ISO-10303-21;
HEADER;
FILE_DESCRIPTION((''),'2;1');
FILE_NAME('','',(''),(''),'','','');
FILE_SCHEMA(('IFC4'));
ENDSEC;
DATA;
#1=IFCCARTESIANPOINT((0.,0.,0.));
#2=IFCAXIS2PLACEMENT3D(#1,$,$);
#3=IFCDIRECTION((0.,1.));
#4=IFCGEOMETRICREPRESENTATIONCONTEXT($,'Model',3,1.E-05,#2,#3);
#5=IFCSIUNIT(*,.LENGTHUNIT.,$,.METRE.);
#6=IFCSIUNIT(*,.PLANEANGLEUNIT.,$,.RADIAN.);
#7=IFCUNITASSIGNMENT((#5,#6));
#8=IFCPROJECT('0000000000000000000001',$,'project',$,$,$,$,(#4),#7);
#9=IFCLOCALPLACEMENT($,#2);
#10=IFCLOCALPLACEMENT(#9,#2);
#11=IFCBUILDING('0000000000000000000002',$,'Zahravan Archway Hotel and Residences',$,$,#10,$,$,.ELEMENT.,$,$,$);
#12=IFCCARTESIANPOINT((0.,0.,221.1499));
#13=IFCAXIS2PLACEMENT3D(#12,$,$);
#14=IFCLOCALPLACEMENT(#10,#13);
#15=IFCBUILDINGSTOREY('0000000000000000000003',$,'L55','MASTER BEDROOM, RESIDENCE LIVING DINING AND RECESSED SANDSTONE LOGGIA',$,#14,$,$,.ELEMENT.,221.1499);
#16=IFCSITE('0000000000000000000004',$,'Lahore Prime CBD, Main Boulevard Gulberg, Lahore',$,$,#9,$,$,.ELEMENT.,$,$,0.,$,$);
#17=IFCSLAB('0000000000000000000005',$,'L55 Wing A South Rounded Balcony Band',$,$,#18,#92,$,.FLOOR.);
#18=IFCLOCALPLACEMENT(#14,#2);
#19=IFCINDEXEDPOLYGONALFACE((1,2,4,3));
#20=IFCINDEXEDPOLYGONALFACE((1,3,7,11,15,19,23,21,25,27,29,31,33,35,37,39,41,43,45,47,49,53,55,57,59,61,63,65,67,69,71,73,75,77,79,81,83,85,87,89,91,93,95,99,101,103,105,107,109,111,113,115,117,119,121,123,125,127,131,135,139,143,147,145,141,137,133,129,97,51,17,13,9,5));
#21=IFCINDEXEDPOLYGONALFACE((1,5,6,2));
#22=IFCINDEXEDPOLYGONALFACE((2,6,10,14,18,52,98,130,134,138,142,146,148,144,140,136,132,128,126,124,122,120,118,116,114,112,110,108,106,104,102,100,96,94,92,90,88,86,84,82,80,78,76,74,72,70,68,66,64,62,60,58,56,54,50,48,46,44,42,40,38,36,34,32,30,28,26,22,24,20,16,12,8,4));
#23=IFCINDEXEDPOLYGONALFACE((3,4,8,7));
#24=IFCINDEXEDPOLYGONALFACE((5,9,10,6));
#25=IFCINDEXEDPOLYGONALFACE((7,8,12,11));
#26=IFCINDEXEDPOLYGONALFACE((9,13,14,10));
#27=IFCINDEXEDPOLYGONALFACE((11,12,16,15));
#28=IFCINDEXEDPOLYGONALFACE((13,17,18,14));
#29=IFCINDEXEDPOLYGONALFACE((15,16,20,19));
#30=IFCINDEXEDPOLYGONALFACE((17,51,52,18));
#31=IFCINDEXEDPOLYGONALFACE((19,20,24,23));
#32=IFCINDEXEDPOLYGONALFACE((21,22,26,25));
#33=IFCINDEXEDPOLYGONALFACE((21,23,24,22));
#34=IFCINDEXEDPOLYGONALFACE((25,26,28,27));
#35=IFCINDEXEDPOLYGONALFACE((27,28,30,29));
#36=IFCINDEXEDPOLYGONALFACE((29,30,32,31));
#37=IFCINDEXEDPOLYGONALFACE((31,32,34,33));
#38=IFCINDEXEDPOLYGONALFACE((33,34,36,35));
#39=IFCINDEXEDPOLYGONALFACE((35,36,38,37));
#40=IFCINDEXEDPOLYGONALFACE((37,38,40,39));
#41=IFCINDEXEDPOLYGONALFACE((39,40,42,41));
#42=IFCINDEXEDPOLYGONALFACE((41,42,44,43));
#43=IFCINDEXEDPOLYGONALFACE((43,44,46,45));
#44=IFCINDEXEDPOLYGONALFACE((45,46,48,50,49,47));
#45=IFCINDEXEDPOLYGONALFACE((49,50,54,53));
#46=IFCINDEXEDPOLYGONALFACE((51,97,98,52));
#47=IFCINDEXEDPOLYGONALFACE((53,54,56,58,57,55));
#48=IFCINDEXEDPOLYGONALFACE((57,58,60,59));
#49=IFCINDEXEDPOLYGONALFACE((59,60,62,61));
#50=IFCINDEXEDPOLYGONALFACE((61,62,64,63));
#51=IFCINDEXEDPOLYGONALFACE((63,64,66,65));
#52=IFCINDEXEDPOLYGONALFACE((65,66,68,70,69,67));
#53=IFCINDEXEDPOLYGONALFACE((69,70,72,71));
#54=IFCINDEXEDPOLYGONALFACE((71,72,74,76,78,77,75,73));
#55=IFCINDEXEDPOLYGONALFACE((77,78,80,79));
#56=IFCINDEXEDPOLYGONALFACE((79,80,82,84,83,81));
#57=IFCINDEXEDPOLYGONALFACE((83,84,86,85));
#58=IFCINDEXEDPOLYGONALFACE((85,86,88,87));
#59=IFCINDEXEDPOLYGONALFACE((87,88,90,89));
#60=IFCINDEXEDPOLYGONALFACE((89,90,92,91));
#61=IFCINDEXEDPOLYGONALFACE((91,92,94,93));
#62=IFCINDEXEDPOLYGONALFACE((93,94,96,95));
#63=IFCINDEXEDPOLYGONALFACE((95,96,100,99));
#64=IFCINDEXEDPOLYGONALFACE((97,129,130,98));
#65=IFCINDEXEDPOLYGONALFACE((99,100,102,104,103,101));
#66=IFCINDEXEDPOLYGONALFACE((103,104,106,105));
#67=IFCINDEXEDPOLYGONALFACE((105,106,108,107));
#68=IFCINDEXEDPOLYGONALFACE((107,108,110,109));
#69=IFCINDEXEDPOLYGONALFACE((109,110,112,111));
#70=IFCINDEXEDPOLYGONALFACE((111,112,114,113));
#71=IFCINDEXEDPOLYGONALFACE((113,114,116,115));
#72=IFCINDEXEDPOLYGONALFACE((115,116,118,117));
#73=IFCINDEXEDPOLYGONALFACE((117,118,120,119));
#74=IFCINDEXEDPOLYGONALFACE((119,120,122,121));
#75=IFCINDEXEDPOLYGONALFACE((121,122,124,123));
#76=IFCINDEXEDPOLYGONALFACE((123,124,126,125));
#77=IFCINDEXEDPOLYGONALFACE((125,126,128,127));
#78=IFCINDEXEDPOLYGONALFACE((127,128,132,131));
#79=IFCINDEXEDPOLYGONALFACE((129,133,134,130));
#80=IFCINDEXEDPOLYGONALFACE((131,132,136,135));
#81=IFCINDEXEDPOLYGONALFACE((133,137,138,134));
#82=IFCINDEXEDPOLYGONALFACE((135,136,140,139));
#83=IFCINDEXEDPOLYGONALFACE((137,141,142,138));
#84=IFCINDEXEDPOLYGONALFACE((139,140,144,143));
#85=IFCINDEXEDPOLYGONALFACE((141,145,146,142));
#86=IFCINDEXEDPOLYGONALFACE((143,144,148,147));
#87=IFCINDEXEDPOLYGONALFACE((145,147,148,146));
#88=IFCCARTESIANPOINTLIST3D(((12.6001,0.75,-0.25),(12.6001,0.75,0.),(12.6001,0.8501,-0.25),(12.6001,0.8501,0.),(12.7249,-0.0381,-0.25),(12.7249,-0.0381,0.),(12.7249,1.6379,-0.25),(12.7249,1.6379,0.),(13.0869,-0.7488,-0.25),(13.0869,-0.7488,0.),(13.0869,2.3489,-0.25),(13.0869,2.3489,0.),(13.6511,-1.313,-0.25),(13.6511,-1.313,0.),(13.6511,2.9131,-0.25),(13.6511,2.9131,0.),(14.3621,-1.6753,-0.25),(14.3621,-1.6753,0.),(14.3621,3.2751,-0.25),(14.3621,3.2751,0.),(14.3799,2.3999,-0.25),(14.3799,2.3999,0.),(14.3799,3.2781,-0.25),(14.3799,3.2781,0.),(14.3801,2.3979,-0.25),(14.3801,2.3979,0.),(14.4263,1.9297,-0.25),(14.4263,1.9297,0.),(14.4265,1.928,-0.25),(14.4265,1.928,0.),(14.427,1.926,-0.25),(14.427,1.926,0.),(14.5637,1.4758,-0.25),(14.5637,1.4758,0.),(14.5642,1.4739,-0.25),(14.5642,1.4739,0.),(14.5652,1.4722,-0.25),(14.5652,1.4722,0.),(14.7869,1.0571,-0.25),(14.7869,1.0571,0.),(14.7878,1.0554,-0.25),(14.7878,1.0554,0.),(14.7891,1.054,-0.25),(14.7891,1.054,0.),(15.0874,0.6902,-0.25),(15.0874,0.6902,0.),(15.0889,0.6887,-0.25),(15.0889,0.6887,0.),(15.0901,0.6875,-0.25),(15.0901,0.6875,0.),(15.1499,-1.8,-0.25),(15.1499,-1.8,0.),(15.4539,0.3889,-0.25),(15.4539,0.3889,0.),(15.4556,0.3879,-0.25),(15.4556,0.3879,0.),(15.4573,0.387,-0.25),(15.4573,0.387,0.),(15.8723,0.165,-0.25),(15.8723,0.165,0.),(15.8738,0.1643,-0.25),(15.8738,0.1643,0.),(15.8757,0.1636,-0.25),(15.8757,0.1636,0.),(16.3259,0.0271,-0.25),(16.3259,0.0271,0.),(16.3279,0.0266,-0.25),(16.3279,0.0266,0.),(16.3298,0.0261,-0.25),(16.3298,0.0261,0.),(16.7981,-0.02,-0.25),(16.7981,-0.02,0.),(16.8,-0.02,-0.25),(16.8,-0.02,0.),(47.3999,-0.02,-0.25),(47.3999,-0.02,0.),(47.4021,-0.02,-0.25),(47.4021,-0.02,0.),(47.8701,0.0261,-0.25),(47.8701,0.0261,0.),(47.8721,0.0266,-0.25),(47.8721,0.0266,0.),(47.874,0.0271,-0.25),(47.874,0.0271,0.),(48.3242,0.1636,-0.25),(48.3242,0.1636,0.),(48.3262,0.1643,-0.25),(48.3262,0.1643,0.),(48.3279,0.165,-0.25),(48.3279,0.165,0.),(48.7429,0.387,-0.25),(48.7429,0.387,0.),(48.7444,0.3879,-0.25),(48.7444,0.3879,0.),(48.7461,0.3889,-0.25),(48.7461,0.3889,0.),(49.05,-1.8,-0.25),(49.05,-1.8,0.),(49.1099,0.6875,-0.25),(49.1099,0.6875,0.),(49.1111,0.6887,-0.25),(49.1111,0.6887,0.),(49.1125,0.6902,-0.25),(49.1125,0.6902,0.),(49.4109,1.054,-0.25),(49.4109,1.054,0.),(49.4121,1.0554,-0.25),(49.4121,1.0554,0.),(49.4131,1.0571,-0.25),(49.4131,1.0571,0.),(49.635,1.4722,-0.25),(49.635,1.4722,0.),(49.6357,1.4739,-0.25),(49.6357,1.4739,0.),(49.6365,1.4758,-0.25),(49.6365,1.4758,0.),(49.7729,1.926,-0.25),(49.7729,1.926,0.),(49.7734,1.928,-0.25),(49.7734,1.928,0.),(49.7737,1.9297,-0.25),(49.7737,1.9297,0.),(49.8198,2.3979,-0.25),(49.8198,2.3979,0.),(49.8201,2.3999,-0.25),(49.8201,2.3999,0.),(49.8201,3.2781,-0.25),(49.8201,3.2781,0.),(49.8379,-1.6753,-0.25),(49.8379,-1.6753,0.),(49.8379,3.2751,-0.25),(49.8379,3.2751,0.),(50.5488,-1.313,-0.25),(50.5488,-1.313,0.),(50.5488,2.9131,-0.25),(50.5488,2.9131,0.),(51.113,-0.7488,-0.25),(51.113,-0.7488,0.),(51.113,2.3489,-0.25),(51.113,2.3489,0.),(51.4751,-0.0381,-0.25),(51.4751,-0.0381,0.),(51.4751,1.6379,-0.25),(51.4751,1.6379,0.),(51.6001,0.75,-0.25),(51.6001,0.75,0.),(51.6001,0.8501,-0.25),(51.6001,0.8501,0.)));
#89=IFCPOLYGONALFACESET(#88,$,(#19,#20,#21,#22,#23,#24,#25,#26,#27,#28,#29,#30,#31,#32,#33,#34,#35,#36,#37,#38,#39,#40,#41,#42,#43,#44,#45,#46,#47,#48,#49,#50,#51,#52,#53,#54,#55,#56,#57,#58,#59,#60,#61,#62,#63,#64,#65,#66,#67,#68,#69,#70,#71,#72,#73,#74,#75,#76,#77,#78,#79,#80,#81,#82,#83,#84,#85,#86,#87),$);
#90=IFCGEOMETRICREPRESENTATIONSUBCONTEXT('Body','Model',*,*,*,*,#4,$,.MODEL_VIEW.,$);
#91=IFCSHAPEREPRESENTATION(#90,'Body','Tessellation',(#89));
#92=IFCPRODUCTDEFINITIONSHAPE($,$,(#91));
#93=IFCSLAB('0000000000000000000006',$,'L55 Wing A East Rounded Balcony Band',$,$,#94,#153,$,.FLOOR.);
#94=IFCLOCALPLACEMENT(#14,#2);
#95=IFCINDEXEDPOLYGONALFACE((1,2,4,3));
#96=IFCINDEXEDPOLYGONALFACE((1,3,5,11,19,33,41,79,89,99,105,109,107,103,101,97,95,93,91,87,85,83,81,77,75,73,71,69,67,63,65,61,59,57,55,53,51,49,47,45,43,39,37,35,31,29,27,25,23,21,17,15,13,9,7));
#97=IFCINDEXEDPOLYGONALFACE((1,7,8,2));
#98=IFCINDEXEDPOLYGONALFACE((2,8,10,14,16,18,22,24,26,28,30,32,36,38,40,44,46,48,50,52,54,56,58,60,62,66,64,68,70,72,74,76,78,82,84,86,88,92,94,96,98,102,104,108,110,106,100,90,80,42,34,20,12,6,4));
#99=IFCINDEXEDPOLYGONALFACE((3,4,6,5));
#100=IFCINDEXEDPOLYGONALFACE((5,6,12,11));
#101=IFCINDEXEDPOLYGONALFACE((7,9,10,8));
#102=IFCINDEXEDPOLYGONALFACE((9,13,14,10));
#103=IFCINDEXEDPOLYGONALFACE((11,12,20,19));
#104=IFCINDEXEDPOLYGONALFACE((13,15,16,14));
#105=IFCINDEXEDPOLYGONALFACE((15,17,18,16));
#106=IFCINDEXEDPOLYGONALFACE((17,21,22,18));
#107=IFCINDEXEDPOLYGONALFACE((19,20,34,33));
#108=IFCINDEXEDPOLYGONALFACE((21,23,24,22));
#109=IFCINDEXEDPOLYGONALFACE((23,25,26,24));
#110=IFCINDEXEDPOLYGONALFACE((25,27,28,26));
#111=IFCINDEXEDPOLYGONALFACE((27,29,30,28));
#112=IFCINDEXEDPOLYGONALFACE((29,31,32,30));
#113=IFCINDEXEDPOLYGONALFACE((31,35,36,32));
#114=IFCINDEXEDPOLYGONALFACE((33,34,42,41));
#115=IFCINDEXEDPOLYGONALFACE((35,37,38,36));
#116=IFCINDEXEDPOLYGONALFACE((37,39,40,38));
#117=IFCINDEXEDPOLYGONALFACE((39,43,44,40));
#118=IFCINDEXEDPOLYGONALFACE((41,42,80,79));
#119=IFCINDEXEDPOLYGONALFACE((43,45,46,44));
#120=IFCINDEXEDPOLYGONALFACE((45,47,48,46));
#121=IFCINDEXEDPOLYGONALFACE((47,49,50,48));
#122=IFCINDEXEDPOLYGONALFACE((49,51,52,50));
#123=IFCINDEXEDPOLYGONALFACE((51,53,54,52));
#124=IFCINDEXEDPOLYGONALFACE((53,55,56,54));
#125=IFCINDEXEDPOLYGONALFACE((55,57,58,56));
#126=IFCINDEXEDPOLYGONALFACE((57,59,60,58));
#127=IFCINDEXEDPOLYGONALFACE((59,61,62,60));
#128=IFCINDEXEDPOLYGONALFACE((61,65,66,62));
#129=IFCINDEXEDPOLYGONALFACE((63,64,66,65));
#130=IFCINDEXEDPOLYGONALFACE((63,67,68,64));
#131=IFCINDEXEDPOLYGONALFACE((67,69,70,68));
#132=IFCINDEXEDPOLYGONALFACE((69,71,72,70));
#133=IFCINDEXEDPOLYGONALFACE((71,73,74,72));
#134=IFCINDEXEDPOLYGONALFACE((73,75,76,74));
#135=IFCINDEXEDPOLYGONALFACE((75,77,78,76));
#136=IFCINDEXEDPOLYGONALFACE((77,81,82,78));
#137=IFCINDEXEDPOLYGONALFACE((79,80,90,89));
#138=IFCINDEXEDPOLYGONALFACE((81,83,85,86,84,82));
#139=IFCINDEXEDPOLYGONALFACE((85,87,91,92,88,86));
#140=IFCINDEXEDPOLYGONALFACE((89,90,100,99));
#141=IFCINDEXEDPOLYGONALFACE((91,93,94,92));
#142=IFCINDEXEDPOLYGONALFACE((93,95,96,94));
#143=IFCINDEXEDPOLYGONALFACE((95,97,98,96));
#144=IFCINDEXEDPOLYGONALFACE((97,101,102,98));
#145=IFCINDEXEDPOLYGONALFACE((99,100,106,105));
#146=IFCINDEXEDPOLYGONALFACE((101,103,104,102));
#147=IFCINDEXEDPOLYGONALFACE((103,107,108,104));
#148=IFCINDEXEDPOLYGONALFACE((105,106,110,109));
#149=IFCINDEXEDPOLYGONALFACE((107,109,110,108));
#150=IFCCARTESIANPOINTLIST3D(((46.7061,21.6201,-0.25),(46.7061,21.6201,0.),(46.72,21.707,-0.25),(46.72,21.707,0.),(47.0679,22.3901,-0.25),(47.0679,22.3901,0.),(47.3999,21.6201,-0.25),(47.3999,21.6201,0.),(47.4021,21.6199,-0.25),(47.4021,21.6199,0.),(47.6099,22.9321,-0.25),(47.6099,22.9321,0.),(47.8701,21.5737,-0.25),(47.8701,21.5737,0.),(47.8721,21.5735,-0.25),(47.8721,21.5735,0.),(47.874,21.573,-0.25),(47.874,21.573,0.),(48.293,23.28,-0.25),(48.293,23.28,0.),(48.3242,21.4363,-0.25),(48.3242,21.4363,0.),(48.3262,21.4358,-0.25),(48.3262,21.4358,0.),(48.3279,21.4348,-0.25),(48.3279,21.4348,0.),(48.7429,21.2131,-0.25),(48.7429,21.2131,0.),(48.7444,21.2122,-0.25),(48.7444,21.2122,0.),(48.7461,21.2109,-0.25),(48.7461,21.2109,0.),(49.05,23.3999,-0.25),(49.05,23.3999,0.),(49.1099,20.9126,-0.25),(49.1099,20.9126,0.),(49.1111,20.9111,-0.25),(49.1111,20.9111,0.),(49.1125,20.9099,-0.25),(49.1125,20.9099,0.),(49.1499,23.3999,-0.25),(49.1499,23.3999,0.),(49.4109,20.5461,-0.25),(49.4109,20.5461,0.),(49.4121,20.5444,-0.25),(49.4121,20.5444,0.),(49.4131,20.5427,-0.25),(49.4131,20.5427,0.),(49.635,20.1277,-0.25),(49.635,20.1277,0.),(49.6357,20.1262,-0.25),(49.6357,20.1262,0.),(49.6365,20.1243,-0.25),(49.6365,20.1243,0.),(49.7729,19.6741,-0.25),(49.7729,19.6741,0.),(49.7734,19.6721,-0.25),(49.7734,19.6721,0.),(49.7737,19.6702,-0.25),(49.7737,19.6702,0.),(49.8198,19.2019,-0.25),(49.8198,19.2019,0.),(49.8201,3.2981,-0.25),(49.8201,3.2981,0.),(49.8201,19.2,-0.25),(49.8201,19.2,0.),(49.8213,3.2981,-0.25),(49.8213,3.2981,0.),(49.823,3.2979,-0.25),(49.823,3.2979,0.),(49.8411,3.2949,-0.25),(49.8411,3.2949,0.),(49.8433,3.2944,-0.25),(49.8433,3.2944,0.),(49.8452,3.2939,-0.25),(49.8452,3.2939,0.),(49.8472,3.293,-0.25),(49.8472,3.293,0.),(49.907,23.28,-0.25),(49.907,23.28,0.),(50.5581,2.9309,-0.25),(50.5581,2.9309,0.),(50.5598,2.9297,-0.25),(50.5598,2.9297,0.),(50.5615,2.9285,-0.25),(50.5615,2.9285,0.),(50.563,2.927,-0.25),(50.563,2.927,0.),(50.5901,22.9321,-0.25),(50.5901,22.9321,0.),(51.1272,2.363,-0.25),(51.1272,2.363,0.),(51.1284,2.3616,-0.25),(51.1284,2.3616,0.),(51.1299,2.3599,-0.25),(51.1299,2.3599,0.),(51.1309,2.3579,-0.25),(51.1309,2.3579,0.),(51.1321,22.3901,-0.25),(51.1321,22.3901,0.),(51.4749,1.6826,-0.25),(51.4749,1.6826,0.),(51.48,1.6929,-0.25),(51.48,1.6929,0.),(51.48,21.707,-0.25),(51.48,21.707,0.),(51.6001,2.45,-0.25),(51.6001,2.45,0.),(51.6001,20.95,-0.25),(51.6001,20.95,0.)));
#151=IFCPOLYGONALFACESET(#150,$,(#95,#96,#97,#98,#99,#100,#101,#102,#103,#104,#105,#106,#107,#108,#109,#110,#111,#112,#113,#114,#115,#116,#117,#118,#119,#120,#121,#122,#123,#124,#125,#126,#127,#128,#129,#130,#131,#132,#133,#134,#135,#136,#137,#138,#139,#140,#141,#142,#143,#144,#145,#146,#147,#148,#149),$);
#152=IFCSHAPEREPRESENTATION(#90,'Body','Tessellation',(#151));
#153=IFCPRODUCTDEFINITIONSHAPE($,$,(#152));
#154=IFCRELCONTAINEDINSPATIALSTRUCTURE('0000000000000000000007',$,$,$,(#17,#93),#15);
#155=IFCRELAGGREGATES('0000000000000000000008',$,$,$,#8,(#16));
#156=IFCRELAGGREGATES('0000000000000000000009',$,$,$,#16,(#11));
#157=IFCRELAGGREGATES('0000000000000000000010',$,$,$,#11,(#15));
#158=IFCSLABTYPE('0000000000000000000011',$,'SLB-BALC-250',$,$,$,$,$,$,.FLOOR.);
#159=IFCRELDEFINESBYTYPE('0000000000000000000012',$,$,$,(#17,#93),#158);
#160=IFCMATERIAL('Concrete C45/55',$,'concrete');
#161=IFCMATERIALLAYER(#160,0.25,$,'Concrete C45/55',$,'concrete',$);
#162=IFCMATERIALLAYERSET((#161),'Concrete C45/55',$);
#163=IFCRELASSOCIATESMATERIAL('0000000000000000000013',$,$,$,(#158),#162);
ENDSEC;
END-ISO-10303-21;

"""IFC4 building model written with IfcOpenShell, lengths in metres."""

from ifc_helpers import new_model, si_unit, direction, frame, origin, place, context, subcontext, project, spatial, polyline, outline, extrude, material, layer, layer_set, type_object, element, save


model = new_model("IFC4")

# Units and contexts
model_context = context("Model", 3, precision=1e-05, world=origin(), true_north=direction((0.0, 1.0)))
body_context = subcontext(model_context, "Body", "Model", "MODEL_VIEW")
ifc_project = project(units=[si_unit("LENGTHUNIT", "METRE"), si_unit("PLANEANGLEUNIT", "RADIAN")], contexts=[model_context])

# Site, building, storey
site_placement = place(None, origin())
site = spatial("IfcSite", under=ifc_project, at=site_placement, Name="Lahore Prime CBD, Main Boulevard Gulberg, Lahore", CompositionType="ELEMENT", RefElevation=0.0)
building_placement = place(site_placement, origin())
building = spatial("IfcBuilding", under=site, at=building_placement, Name="Zahravan Archway Hotel and Residences", CompositionType="ELEMENT")
storey_placement = place(building_placement, frame((0.0, 0.0, 221.1499)))
storey = spatial("IfcBuildingStorey", under=building, at=storey_placement, Name="L55", Description="MASTER BEDROOM, RESIDENCE LIVING DINING AND RECESSED SANDSTONE LOGGIA", CompositionType="ELEMENT", Elevation=221.1499)

# Slabs
ifc_material_1 = material(Name="Concrete C45/55", Category="concrete")
ifc_layer_1 = layer(ifc_material_1, 0.25, Name="Concrete C45/55", Category="concrete")
ifc_layer_set_1 = layer_set([ifc_layer_1], Name="Concrete C45/55")
slab_type_1 = type_object("IfcSlabType", Name="SLB-BALC-250", PredefinedType="FLOOR", material=ifc_layer_set_1)
slab_1_placement = place(storey_placement, frame((0.0, 0.0, -0.25)))
element("IfcSlab", 1, at=slab_1_placement, inside=storey, type_object=slab_type_1, Name="L55 Wing A South Rounded Balcony Band", PredefinedType="FLOOR", context=body_context, shape_type="SweptSolid", body=[
    extrude(outline(polyline([(49.8379, 3.2751), (50.5488, 2.9131), (51.113, 2.3489), (51.4751, 1.6379), (51.6001, 0.8501), (51.6001, 0.75), (51.4751, -0.0381), (51.113, -0.7488), (50.5488, -1.313), (49.8379, -1.6753), (49.05, -1.8), (15.1499, -1.8), (14.3621, -1.6753), (13.6511, -1.313), (13.0869, -0.7488), (12.7249, -0.0381), (12.6001, 0.75), (12.6001, 0.8501), (12.7249, 1.6379), (13.0869, 2.3489), (13.6511, 2.9131), (14.3621, 3.2751), (14.3799, 3.2781), (14.3799, 2.3999), (14.3801, 2.3979), (14.4263, 1.9297), (14.4265, 1.928), (14.427, 1.926), (14.5637, 1.4758), (14.5642, 1.4739), (14.5652, 1.4722), (14.7869, 1.0571), (14.7878, 1.0554), (14.7891, 1.054), (15.0874, 0.6902), (15.0889, 0.6887), (15.0901, 0.6875), (15.4539, 0.3889), (15.4556, 0.3879), (15.4573, 0.387), (15.8723, 0.165), (15.8738, 0.1643), (15.8757, 0.1636), (16.3259, 0.0271), (16.3279, 0.0266), (16.3298, 0.0261), (16.7981, -0.02), (16.8, -0.02), (47.3999, -0.02), (47.4021, -0.02), (47.8701, 0.0261), (47.8721, 0.0266), (47.874, 0.0271), (48.3242, 0.1636), (48.3262, 0.1643), (48.3279, 0.165), (48.7429, 0.387), (48.7444, 0.3879), (48.7461, 0.3889), (49.1099, 0.6875), (49.1111, 0.6887), (49.1125, 0.6902), (49.4109, 1.054), (49.4121, 1.0554), (49.4131, 1.0571), (49.635, 1.4722), (49.6357, 1.4739), (49.6365, 1.4758), (49.7729, 1.926), (49.7734, 1.928), (49.7737, 1.9297), (49.8198, 2.3979), (49.8201, 2.3999), (49.8201, 3.2781), (49.8379, 3.2751)])), origin(), (0.0, 0.0, 1.0), 0.25),
])
slab_2_placement = place(storey_placement, frame((0.0, 0.0, -0.25)))
element("IfcSlab", 2, at=slab_2_placement, inside=storey, type_object=slab_type_1, Name="L55 Wing A East Rounded Balcony Band", PredefinedType="FLOOR", context=body_context, shape_type="SweptSolid", body=[
    extrude(outline(polyline([(46.72, 21.707), (47.0679, 22.3901), (47.6099, 22.9321), (48.293, 23.28), (49.05, 23.3999), (49.1499, 23.3999), (49.907, 23.28), (50.5901, 22.9321), (51.1321, 22.3901), (51.48, 21.707), (51.6001, 20.95), (51.6001, 2.45), (51.48, 1.6929), (51.4749, 1.6826), (51.1309, 2.3579), (51.1299, 2.3599), (51.1284, 2.3616), (51.1272, 2.363), (50.563, 2.927), (50.5615, 2.9285), (50.5598, 2.9297), (50.5581, 2.9309), (49.8472, 3.293), (49.8452, 3.2939), (49.8433, 3.2944), (49.8411, 3.2949), (49.823, 3.2979), (49.8213, 3.2981), (49.8201, 3.2981), (49.8201, 19.2), (49.8198, 19.2019), (49.7737, 19.6702), (49.7734, 19.6721), (49.7729, 19.6741), (49.6365, 20.1243), (49.6357, 20.1262), (49.635, 20.1277), (49.4131, 20.5427), (49.4121, 20.5444), (49.4109, 20.5461), (49.1125, 20.9099), (49.1111, 20.9111), (49.1099, 20.9126), (48.7461, 21.2109), (48.7444, 21.2122), (48.7429, 21.2131), (48.3279, 21.4348), (48.3262, 21.4358), (48.3242, 21.4363), (47.874, 21.573), (47.8721, 21.5735), (47.8701, 21.5737), (47.4021, 21.6199), (47.3999, 21.6201), (46.7061, 21.6201), (46.72, 21.707)])), origin(), (0.0, 0.0, 1.0), 0.25),
])

save(model, "model.ifc")
